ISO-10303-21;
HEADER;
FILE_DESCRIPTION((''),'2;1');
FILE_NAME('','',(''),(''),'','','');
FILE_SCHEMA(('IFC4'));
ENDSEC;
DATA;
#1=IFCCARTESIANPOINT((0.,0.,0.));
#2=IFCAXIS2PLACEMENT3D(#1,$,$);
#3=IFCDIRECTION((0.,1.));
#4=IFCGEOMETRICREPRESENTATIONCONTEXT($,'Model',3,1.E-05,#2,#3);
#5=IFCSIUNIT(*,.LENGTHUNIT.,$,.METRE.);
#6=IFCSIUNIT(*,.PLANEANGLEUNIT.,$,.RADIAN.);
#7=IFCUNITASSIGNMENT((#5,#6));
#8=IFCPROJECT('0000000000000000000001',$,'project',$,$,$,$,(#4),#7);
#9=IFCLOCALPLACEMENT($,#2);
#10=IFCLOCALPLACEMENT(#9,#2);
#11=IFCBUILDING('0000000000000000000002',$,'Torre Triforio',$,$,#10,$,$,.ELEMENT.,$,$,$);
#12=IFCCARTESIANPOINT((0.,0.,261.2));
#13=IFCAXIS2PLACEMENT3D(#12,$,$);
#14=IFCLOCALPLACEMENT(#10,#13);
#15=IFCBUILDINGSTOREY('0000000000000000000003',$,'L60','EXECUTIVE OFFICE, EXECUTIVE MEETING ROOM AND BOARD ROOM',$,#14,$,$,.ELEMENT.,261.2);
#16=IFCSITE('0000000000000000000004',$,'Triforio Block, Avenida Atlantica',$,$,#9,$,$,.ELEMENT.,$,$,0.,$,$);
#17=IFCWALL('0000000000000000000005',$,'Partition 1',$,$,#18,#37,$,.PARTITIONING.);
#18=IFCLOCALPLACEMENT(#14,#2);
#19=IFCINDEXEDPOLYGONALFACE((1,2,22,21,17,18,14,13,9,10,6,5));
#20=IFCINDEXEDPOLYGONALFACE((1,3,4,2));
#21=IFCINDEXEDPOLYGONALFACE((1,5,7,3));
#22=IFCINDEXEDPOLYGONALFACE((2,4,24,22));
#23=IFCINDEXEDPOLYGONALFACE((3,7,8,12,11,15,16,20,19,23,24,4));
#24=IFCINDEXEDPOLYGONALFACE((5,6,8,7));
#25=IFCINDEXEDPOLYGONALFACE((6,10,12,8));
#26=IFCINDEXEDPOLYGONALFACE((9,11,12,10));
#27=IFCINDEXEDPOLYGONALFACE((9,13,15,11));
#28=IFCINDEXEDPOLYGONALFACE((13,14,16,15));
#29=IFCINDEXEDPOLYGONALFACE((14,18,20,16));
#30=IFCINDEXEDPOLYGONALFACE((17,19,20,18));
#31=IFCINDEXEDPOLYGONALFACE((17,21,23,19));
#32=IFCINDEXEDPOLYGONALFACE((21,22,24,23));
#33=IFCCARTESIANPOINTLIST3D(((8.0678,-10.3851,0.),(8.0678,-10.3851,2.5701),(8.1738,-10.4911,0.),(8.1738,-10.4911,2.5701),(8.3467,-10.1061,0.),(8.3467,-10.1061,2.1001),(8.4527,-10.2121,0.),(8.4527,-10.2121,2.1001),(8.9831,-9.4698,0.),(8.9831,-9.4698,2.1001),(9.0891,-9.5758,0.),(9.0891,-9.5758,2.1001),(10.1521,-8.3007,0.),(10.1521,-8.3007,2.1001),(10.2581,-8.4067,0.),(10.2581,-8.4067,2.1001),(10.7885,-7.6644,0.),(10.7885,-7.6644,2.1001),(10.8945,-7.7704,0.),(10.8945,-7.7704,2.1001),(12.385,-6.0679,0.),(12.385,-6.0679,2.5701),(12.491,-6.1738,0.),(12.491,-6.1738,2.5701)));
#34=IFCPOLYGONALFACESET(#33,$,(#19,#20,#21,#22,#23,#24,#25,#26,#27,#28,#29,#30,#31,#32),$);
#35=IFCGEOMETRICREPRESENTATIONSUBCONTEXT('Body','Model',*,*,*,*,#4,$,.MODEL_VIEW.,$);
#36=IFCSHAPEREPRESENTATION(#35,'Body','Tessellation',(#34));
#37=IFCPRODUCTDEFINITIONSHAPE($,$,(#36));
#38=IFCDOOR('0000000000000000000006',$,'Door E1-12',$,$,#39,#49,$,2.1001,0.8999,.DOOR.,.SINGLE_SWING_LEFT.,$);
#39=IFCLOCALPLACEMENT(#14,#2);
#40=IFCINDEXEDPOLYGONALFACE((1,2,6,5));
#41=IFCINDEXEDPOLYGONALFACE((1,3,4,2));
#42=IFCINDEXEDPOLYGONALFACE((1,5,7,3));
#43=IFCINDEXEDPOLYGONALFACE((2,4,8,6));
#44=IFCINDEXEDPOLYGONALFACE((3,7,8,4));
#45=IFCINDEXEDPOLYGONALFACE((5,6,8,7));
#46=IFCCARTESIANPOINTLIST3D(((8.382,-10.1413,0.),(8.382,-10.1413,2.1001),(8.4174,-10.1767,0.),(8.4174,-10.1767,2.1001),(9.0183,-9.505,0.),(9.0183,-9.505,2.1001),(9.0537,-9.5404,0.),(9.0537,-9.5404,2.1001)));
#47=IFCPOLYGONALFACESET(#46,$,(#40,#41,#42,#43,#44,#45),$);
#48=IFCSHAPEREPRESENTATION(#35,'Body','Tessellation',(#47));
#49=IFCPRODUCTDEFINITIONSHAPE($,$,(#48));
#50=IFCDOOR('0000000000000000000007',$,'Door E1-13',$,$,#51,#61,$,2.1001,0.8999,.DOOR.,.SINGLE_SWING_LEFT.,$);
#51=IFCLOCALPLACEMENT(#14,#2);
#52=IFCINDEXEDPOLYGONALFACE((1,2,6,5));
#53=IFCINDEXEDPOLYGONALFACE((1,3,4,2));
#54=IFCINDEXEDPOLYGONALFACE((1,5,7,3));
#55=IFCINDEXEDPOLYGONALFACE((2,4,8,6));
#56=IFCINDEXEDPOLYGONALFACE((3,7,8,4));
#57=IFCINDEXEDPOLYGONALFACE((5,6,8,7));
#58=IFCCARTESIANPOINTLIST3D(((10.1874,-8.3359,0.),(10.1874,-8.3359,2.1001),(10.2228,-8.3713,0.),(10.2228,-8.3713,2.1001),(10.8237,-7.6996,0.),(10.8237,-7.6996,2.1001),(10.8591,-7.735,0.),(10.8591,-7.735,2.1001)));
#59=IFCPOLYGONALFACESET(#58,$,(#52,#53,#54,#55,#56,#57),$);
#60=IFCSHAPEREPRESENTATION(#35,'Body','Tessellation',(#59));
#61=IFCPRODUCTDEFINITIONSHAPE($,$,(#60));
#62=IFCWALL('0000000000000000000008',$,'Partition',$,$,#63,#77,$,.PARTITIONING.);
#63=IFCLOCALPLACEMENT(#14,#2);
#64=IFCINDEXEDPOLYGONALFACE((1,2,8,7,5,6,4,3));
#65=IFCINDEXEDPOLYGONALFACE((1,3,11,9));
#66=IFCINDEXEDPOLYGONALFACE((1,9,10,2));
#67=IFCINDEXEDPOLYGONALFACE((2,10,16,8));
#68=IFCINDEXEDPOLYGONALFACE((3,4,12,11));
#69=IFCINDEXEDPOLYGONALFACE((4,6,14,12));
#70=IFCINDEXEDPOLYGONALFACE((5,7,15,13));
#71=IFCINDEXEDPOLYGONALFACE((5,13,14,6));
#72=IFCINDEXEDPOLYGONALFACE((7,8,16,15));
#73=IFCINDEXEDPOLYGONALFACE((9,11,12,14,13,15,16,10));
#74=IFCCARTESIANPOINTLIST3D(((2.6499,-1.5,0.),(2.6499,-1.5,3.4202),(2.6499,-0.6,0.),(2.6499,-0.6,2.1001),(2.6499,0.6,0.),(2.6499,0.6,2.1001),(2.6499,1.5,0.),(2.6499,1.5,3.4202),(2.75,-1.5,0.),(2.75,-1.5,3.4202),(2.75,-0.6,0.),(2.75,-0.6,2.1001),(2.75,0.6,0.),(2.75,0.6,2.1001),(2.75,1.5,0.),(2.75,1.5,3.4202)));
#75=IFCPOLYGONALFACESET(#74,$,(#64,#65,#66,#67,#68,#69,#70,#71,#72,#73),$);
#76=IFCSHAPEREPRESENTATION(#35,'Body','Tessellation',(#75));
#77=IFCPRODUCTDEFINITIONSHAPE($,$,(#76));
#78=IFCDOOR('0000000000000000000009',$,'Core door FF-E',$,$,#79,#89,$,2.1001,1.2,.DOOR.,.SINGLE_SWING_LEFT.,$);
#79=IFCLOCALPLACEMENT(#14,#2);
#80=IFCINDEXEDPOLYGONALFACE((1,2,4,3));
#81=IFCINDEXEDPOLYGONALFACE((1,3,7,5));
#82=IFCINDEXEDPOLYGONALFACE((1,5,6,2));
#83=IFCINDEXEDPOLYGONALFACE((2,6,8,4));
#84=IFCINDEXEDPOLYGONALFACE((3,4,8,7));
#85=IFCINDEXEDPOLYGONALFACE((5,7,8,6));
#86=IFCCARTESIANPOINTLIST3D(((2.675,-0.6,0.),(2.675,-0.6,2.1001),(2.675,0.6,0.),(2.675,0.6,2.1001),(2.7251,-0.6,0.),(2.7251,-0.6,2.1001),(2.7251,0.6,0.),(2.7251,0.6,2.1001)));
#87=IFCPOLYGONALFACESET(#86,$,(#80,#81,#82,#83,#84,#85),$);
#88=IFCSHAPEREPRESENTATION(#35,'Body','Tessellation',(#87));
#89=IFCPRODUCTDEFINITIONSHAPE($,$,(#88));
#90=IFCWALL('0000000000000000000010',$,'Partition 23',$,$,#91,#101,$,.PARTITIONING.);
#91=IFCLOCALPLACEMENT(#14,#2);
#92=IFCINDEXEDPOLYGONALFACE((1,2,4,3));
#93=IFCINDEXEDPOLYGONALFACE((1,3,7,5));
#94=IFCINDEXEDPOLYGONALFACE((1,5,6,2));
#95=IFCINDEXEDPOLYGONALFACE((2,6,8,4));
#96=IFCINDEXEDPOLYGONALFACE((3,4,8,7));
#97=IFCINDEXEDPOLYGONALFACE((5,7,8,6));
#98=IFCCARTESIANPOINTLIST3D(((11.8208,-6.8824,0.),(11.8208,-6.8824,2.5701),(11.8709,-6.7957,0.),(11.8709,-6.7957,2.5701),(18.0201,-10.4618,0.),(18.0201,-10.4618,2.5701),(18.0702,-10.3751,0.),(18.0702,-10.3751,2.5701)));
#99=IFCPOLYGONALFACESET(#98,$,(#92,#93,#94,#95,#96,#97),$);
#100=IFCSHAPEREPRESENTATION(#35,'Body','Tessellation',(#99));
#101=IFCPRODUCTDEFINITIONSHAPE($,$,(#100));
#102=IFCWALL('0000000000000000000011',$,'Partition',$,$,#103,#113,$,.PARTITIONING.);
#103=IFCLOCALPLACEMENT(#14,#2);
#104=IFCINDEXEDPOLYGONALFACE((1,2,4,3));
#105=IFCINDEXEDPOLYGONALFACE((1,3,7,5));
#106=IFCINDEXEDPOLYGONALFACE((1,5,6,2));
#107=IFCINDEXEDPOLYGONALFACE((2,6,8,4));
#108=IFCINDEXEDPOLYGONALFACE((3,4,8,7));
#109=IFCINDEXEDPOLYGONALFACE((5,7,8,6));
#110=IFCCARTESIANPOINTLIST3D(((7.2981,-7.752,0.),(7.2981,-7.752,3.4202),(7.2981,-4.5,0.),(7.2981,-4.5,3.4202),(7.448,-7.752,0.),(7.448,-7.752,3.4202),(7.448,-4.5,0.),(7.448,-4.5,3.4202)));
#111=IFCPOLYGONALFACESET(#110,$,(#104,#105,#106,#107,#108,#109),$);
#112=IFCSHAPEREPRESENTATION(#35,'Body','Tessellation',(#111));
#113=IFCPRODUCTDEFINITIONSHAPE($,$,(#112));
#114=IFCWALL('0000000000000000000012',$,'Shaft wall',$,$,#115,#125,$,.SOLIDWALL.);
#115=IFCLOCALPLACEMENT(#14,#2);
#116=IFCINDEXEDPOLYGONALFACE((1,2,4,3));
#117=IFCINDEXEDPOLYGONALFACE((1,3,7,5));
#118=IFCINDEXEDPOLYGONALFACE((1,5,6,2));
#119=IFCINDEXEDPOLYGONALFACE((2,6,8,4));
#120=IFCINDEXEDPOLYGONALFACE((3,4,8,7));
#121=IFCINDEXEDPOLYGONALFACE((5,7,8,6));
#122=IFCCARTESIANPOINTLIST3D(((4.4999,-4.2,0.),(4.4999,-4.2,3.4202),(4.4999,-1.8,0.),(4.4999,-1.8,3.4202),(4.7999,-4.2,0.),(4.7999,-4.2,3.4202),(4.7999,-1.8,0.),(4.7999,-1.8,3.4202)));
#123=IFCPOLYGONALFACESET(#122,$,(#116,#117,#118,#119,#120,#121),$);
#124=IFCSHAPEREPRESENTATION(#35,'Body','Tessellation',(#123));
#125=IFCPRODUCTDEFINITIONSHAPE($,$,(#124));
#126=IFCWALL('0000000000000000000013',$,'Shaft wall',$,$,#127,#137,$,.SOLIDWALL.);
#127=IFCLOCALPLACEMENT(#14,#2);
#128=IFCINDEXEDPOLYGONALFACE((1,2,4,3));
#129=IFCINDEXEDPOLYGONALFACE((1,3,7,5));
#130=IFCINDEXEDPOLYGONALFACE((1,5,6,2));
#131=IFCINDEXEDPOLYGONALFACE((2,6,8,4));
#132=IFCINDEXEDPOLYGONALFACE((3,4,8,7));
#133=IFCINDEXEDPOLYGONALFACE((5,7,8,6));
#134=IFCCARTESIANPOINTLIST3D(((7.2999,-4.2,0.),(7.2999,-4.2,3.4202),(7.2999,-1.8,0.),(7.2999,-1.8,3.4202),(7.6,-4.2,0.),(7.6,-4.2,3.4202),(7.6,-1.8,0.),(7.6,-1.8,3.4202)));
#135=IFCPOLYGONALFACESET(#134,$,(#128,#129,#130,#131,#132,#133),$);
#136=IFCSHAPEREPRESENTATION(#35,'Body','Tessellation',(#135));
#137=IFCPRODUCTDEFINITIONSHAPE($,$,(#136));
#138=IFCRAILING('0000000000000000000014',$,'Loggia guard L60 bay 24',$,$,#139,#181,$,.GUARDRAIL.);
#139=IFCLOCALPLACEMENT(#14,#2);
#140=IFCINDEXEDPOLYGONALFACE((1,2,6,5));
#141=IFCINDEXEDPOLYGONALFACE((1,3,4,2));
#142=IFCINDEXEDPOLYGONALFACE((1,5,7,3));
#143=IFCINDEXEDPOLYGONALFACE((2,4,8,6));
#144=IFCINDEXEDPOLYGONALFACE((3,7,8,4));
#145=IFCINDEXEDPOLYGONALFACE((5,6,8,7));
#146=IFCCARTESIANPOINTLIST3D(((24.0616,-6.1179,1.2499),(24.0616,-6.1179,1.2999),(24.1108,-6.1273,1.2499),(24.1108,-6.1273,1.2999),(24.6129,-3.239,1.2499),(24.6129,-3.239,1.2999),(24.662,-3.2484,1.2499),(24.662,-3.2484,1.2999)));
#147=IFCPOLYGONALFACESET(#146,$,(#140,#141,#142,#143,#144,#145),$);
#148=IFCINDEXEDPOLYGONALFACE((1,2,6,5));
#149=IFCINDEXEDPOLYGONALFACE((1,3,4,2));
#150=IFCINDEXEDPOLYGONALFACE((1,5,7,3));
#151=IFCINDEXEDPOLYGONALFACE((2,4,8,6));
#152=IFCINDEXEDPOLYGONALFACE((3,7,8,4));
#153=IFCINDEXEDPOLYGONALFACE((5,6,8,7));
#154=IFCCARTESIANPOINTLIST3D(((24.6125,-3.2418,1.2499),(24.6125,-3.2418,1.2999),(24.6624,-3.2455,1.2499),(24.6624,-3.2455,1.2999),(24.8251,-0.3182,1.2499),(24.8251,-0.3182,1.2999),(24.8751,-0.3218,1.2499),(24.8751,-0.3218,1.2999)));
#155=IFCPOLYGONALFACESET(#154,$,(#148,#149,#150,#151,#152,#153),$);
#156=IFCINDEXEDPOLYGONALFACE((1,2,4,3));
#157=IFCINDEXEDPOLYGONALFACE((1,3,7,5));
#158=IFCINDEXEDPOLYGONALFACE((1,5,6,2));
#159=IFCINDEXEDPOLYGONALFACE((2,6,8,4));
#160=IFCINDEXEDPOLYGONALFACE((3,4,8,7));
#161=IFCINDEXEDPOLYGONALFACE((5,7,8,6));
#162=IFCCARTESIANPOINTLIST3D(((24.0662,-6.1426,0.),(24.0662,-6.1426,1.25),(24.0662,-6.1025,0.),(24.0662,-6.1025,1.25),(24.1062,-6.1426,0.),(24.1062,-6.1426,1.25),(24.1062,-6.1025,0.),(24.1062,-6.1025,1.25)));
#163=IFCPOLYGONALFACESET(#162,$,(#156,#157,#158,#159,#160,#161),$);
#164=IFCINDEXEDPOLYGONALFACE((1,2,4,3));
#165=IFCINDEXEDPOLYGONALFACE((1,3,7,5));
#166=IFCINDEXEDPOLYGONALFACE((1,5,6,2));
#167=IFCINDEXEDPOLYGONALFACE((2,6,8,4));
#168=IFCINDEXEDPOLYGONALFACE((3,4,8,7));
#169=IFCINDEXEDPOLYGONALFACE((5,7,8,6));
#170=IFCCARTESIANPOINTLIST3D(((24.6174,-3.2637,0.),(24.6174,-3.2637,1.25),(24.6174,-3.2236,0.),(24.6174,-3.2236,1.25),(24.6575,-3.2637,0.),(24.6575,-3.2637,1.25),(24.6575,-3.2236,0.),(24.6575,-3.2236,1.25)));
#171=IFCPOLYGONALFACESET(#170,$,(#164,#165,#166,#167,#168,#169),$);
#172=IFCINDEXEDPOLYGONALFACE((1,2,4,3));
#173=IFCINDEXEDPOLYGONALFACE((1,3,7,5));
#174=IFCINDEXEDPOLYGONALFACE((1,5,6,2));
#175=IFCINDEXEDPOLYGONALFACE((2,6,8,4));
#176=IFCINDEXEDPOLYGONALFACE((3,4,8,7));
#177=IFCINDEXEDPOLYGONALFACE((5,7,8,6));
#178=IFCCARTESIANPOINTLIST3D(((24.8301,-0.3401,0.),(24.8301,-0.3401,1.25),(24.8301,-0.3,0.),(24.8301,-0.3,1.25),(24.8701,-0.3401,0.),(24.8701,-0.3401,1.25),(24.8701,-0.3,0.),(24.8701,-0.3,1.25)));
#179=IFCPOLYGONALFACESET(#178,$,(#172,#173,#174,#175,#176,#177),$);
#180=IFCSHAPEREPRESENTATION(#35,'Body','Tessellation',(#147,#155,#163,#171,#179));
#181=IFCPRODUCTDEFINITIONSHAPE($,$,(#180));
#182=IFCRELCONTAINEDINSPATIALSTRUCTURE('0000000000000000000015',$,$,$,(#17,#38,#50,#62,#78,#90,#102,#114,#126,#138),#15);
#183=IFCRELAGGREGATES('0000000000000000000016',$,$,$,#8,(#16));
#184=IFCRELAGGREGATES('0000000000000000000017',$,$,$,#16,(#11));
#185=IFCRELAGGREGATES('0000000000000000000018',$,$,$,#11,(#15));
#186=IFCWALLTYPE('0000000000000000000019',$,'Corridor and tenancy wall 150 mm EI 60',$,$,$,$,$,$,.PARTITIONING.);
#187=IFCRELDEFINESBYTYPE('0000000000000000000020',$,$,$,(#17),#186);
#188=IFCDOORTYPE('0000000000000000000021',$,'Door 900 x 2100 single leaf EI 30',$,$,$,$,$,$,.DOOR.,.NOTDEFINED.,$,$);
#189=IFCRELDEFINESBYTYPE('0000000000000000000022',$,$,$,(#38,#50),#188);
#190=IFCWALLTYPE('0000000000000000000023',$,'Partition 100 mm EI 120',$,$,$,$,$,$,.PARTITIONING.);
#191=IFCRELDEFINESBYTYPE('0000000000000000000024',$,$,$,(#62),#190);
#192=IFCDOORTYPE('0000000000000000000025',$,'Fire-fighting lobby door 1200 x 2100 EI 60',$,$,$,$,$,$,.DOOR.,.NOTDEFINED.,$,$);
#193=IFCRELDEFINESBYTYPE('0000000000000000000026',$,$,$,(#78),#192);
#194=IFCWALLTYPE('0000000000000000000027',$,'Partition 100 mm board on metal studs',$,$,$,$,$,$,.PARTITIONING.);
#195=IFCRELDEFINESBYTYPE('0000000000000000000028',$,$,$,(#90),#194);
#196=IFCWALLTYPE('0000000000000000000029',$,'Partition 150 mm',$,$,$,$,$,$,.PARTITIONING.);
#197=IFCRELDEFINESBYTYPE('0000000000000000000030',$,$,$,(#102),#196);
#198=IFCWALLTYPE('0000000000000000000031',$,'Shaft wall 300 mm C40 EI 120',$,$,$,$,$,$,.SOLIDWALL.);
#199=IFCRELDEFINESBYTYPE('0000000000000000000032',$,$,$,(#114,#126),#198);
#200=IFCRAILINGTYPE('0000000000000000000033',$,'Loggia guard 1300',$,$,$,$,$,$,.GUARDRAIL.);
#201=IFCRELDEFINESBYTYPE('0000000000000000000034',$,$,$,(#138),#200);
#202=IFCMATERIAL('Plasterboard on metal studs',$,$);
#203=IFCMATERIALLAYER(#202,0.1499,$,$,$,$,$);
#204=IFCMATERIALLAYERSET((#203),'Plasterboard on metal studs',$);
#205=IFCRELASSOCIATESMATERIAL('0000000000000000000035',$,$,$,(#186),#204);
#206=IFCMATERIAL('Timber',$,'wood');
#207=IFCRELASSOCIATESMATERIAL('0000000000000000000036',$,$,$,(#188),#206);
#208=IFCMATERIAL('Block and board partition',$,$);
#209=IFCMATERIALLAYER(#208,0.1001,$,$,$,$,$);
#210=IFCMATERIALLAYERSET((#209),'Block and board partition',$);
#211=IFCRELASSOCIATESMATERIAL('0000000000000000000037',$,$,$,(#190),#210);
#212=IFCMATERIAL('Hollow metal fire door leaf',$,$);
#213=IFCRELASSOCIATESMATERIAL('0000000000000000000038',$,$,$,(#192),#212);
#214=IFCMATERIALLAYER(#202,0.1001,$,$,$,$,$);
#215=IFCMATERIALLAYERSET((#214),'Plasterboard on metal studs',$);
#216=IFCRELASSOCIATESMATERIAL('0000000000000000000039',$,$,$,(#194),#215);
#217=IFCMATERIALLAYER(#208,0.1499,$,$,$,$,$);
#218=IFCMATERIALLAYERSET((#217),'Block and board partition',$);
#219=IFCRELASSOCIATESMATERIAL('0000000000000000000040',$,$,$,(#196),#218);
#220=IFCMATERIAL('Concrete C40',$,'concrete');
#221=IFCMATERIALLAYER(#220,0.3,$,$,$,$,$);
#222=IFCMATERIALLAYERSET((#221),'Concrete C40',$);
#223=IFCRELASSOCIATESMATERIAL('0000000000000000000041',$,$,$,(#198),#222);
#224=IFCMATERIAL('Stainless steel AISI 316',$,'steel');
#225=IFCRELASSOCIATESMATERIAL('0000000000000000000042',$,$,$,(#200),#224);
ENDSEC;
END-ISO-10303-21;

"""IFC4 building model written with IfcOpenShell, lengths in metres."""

from ifc_helpers import new_model, si_unit, direction, frame, frame_2d, origin, origin_2d, place, context, subcontext, project, spatial, rectangle, extrude, material, layer, layer_set, type_object, element, fill, save


model = new_model("IFC4")

# Units and contexts
model_context = context("Model", 3, precision=1e-05, world=origin(), true_north=direction((0.0, 1.0)))
body_context = subcontext(model_context, "Body", "Model", "MODEL_VIEW")
ifc_project = project(units=[si_unit("LENGTHUNIT", "METRE"), si_unit("PLANEANGLEUNIT", "RADIAN")], contexts=[model_context])

# Site, building, storey
site_placement = place(None, origin())
site = spatial("IfcSite", under=ifc_project, at=site_placement, Name="Triforio Block, Avenida Atlantica", CompositionType="ELEMENT", RefElevation=0.0)
building_placement = place(site_placement, origin())
building = spatial("IfcBuilding", under=site, at=building_placement, Name="Torre Triforio", CompositionType="ELEMENT")
storey_placement = place(building_placement, frame((0.0, 0.0, 261.2)))
storey = spatial("IfcBuildingStorey", under=building, at=storey_placement, Name="L60", Description="EXECUTIVE OFFICE, EXECUTIVE MEETING ROOM AND BOARD ROOM", CompositionType="ELEMENT", Elevation=261.2)

# Shared definitions
ifc_material_1 = material(Name="Concrete C40", Category="concrete")

# Shared definitions
ifc_material_2 = material(Name="Hollow metal fire door leaf")

# Wall, openings, doors
ifc_material_3 = material(Name="Plasterboard on metal studs")
ifc_layer_1 = layer(ifc_material_3, 0.1499)
ifc_layer_set_1 = layer_set([ifc_layer_1], Name="Plasterboard on metal studs")
wall_type_1 = type_object("IfcWallType", Name="Corridor and tenancy wall 150 mm EI 60", PredefinedType="PARTITIONING", material=ifc_layer_set_1)
wall_1_placement = place(storey_placement, frame((12.438, -6.1208, 0.0), z_axis=(0.0, 0.0, 1.0), x_axis=(-0.707107, -0.707107, 0.0)))
wall_1 = element("IfcWall", 1, at=wall_1_placement, inside=storey, type_object=wall_type_1, Name="Partition 1", PredefinedType="PARTITIONING", context=body_context, shape_type="SweptSolid", body=[
    extrude(rectangle(XDim=6.1055, YDim=0.1499, at=frame_2d((3.0527, 0.0))), origin(), (0.0, 0.0, 1.0), 2.5701),
])
opening_1_placement = place(wall_1_placement, frame((4.811, 0.0, 0.0)))
opening_1 = element("IfcOpeningElement", 2, at=opening_1_placement, cuts=wall_1, PredefinedType="OPENING", context=body_context, shape_type="SweptSolid", body=[
    extrude(rectangle(XDim=0.8999, YDim=2.1001, at=frame_2d((0.45, 1.05))), frame((0.0, 0.085, 0.0), z_axis=(0.0, -1.0, 0.0), x_axis=(1.0, 0.0, 0.0)), (0.0, 0.0, 1.0), 0.1699),
])
opening_2_placement = place(wall_1_placement, frame((2.2578, 0.0, 0.0)))
opening_2 = element("IfcOpeningElement", 3, at=opening_2_placement, cuts=wall_1, PredefinedType="OPENING", context=body_context, shape_type="SweptSolid", body=[
    extrude(rectangle(XDim=0.8999, YDim=2.1001, at=frame_2d((0.45, 1.05))), frame((0.0, 0.085, 0.0), z_axis=(0.0, -1.0, 0.0), x_axis=(1.0, 0.0, 0.0)), (0.0, 0.0, 1.0), 0.1699),
])
ifc_material_4 = material(Name="Timber", Category="wood")
door_type_1 = type_object("IfcDoorType", Name="Door 900 x 2100 single leaf EI 30", OperationType="NOTDEFINED", PredefinedType="DOOR", material=ifc_material_4)
door_1_placement = place(opening_1_placement, origin())
door_1 = element("IfcDoor", 4, at=door_1_placement, inside=storey, type_object=door_type_1, Name="Door E1-12", OperationType="SINGLE_SWING_LEFT", OverallHeight=2.1001, OverallWidth=0.8999, PredefinedType="DOOR", context=body_context, shape_type="SweptSolid", body=[
    extrude(rectangle(XDim=0.8999, YDim=2.1001, at=frame_2d((0.45, 1.05))), frame((0.0, 0.0249, 0.0), z_axis=(0.0, -1.0, 0.0), x_axis=(1.0, 0.0, 0.0)), (0.0, 0.0, 1.0), 0.05),
])
fill(opening_1, door_1)
door_2_placement = place(opening_2_placement, origin())
door_2 = element("IfcDoor", 5, at=door_2_placement, inside=storey, type_object=door_type_1, Name="Door E1-13", OperationType="SINGLE_SWING_LEFT", OverallHeight=2.1001, OverallWidth=0.8999, PredefinedType="DOOR", context=body_context, shape_type="SweptSolid", body=[
    extrude(rectangle(XDim=0.8999, YDim=2.1001, at=frame_2d((0.45, 1.05))), frame((0.0, 0.0249, 0.0), z_axis=(0.0, -1.0, 0.0), x_axis=(1.0, 0.0, 0.0)), (0.0, 0.0, 1.0), 0.05),
])
fill(opening_2, door_2)

# Wall, opening, door
ifc_material_5 = material(Name="Block and board partition")
ifc_layer_2 = layer(ifc_material_5, 0.1001)
ifc_layer_set_2 = layer_set([ifc_layer_2], Name="Block and board partition")
wall_type_2 = type_object("IfcWallType", Name="Partition 100 mm EI 120", PredefinedType="PARTITIONING", material=ifc_layer_set_2)
wall_2_placement = place(storey_placement, frame((2.7, -1.5, 0.0), z_axis=(0.0, 0.0, 1.0), x_axis=(0.0, 1.0, 0.0)))
wall_2 = element("IfcWall", 6, at=wall_2_placement, inside=storey, type_object=wall_type_2, Name="Partition", PredefinedType="PARTITIONING", context=body_context, shape_type="SweptSolid", body=[
    extrude(rectangle(XDim=3.0, YDim=0.1001, at=frame_2d((1.5, 0.0))), origin(), (0.0, 0.0, 1.0), 3.4202),
])
opening_3_placement = place(wall_2_placement, frame((0.8999, 0.0, 0.0)))
opening_3 = element("IfcOpeningElement", 7, at=opening_3_placement, cuts=wall_2, PredefinedType="OPENING", context=body_context, shape_type="SweptSolid", body=[
    extrude(rectangle(XDim=1.2, YDim=2.1001, at=frame_2d((0.6001, 1.05))), frame((0.0, 0.0601, 0.0), z_axis=(0.0, -1.0, 0.0), x_axis=(1.0, 0.0, 0.0)), (0.0, 0.0, 1.0), 0.1201),
])
door_type_2 = type_object("IfcDoorType", Name="Fire-fighting lobby door 1200 x 2100 EI 60", OperationType="NOTDEFINED", PredefinedType="DOOR", material=ifc_material_2)
door_3_placement = place(opening_3_placement, origin())
door_3 = element("IfcDoor", 8, at=door_3_placement, inside=storey, type_object=door_type_2, Name="Core door FF-E", OperationType="SINGLE_SWING_LEFT", OverallHeight=2.1001, OverallWidth=1.2, PredefinedType="DOOR", context=body_context, shape_type="SweptSolid", body=[
    extrude(rectangle(XDim=1.2, YDim=2.1001, at=frame_2d((0.6001, 1.05))), frame((0.0, 0.0249, 0.0), z_axis=(0.0, -1.0, 0.0), x_axis=(1.0, 0.0, 0.0)), (0.0, 0.0, 1.0), 0.05),
])
fill(opening_3, door_3)

# Walls
ifc_layer_3 = layer(ifc_material_3, 0.1001)
ifc_layer_set_3 = layer_set([ifc_layer_3], Name="Plasterboard on metal studs")
wall_type_3 = type_object("IfcWallType", Name="Partition 100 mm board on metal studs", PredefinedType="PARTITIONING", material=ifc_layer_set_3)
wall_3_placement = place(storey_placement, frame((11.8459, -6.8391, 0.0), z_axis=(0.0, 0.0, 1.0), x_axis=(0.866012, -0.500024, 0.0)))
element("IfcWall", 9, at=wall_3_placement, inside=storey, type_object=wall_type_3, Name="Partition 23", PredefinedType="PARTITIONING", context=body_context, shape_type="SweptSolid", body=[
    extrude(rectangle(XDim=7.1584, YDim=0.1001, at=frame_2d((3.5791, 0.0))), origin(), (0.0, 0.0, 1.0), 2.5701),
])
ifc_layer_4 = layer(ifc_material_5, 0.1499)
ifc_layer_set_4 = layer_set([ifc_layer_4], Name="Block and board partition")
wall_type_4 = type_object("IfcWallType", Name="Partition 150 mm", PredefinedType="PARTITIONING", material=ifc_layer_set_4)
wall_4_placement = place(storey_placement, frame((7.373, -7.752, 0.0), z_axis=(0.0, 0.0, 1.0), x_axis=(0.0, 1.0, 0.0)))
element("IfcWall", 10, at=wall_4_placement, inside=storey, type_object=wall_type_4, Name="Partition", PredefinedType="PARTITIONING", context=body_context, shape_type="SweptSolid", body=[
    extrude(rectangle(XDim=3.252, YDim=0.1499, at=frame_2d((1.626, 0.0))), origin(), (0.0, 0.0, 1.0), 3.4202),
])
ifc_layer_5 = layer(ifc_material_1, 0.3)
ifc_layer_set_5 = layer_set([ifc_layer_5], Name="Concrete C40")
wall_type_5 = type_object("IfcWallType", Name="Shaft wall 300 mm C40 EI 120", PredefinedType="SOLIDWALL", material=ifc_layer_set_5)
for number, where, z_axis, x_axis, name in (
    (11, (4.6499, -4.2, 0.0), (0.0, 0.0, 1.0), (0.0, 1.0, 0.0), "Shaft wall"),
    (12, (7.45, -4.2, 0.0), (0.0, 0.0, 1.0), (0.0, 1.0, 0.0), "Shaft wall"),
):
    element("IfcWall", number, at=place(storey_placement, frame(where, z_axis=z_axis, x_axis=x_axis)), inside=storey, type_object=wall_type_5, Name=name, PredefinedType="SOLIDWALL", context=body_context, shape_type="SweptSolid", body=[
        extrude(rectangle(XDim=2.3999, YDim=0.3, at=frame_2d((1.2, 0.0))), origin(), (0.0, 0.0, 1.0), 3.4202),
    ])

# Railing
ifc_material_6 = material(Name="Stainless steel AISI 316", Category="steel")
railing_type = type_object("IfcRailingType", Name="Loggia guard 1300", PredefinedType="GUARDRAIL", material=ifc_material_6)
railing_placement = place(storey_placement, frame((24.0862, -6.1226, 0.0)))
element("IfcRailing", 13, at=railing_placement, inside=storey, type_object=railing_type, Name="Loggia guard L60 bay 24", PredefinedType="GUARDRAIL", context=body_context, shape_type="SweptSolid", body=[
    extrude(rectangle(XDim=0.05, YDim=0.05, at=origin_2d()), frame((0.0, 0.0, 1.2749), z_axis=(0.188069, 0.982156, 0.0), x_axis=(-0.982156, 0.188069, 0.0)), (0.0, 0.0, 1.0), 2.9312),
    extrude(rectangle(XDim=0.05, YDim=0.05, at=origin_2d()), frame((0.5513, 2.8789, 1.2749), z_axis=(0.072543, 0.997365, 0.0), x_axis=(-0.997365, 0.072543, 0.0)), (0.0, 0.0, 1.0), 2.9314),
    extrude(rectangle(XDim=0.04, YDim=0.04, at=origin_2d()), origin(), (0.0, 0.0, 1.0), 1.25),
    extrude(rectangle(XDim=0.04, YDim=0.04, at=origin_2d()), frame((0.5513, 2.8789, 0.0)), (0.0, 0.0, 1.0), 1.25),
    extrude(rectangle(XDim=0.04, YDim=0.04, at=origin_2d()), frame((0.7639, 5.8025, 0.0)), (0.0, 0.0, 1.0), 1.25),
])

save(model, "model.ifc")
